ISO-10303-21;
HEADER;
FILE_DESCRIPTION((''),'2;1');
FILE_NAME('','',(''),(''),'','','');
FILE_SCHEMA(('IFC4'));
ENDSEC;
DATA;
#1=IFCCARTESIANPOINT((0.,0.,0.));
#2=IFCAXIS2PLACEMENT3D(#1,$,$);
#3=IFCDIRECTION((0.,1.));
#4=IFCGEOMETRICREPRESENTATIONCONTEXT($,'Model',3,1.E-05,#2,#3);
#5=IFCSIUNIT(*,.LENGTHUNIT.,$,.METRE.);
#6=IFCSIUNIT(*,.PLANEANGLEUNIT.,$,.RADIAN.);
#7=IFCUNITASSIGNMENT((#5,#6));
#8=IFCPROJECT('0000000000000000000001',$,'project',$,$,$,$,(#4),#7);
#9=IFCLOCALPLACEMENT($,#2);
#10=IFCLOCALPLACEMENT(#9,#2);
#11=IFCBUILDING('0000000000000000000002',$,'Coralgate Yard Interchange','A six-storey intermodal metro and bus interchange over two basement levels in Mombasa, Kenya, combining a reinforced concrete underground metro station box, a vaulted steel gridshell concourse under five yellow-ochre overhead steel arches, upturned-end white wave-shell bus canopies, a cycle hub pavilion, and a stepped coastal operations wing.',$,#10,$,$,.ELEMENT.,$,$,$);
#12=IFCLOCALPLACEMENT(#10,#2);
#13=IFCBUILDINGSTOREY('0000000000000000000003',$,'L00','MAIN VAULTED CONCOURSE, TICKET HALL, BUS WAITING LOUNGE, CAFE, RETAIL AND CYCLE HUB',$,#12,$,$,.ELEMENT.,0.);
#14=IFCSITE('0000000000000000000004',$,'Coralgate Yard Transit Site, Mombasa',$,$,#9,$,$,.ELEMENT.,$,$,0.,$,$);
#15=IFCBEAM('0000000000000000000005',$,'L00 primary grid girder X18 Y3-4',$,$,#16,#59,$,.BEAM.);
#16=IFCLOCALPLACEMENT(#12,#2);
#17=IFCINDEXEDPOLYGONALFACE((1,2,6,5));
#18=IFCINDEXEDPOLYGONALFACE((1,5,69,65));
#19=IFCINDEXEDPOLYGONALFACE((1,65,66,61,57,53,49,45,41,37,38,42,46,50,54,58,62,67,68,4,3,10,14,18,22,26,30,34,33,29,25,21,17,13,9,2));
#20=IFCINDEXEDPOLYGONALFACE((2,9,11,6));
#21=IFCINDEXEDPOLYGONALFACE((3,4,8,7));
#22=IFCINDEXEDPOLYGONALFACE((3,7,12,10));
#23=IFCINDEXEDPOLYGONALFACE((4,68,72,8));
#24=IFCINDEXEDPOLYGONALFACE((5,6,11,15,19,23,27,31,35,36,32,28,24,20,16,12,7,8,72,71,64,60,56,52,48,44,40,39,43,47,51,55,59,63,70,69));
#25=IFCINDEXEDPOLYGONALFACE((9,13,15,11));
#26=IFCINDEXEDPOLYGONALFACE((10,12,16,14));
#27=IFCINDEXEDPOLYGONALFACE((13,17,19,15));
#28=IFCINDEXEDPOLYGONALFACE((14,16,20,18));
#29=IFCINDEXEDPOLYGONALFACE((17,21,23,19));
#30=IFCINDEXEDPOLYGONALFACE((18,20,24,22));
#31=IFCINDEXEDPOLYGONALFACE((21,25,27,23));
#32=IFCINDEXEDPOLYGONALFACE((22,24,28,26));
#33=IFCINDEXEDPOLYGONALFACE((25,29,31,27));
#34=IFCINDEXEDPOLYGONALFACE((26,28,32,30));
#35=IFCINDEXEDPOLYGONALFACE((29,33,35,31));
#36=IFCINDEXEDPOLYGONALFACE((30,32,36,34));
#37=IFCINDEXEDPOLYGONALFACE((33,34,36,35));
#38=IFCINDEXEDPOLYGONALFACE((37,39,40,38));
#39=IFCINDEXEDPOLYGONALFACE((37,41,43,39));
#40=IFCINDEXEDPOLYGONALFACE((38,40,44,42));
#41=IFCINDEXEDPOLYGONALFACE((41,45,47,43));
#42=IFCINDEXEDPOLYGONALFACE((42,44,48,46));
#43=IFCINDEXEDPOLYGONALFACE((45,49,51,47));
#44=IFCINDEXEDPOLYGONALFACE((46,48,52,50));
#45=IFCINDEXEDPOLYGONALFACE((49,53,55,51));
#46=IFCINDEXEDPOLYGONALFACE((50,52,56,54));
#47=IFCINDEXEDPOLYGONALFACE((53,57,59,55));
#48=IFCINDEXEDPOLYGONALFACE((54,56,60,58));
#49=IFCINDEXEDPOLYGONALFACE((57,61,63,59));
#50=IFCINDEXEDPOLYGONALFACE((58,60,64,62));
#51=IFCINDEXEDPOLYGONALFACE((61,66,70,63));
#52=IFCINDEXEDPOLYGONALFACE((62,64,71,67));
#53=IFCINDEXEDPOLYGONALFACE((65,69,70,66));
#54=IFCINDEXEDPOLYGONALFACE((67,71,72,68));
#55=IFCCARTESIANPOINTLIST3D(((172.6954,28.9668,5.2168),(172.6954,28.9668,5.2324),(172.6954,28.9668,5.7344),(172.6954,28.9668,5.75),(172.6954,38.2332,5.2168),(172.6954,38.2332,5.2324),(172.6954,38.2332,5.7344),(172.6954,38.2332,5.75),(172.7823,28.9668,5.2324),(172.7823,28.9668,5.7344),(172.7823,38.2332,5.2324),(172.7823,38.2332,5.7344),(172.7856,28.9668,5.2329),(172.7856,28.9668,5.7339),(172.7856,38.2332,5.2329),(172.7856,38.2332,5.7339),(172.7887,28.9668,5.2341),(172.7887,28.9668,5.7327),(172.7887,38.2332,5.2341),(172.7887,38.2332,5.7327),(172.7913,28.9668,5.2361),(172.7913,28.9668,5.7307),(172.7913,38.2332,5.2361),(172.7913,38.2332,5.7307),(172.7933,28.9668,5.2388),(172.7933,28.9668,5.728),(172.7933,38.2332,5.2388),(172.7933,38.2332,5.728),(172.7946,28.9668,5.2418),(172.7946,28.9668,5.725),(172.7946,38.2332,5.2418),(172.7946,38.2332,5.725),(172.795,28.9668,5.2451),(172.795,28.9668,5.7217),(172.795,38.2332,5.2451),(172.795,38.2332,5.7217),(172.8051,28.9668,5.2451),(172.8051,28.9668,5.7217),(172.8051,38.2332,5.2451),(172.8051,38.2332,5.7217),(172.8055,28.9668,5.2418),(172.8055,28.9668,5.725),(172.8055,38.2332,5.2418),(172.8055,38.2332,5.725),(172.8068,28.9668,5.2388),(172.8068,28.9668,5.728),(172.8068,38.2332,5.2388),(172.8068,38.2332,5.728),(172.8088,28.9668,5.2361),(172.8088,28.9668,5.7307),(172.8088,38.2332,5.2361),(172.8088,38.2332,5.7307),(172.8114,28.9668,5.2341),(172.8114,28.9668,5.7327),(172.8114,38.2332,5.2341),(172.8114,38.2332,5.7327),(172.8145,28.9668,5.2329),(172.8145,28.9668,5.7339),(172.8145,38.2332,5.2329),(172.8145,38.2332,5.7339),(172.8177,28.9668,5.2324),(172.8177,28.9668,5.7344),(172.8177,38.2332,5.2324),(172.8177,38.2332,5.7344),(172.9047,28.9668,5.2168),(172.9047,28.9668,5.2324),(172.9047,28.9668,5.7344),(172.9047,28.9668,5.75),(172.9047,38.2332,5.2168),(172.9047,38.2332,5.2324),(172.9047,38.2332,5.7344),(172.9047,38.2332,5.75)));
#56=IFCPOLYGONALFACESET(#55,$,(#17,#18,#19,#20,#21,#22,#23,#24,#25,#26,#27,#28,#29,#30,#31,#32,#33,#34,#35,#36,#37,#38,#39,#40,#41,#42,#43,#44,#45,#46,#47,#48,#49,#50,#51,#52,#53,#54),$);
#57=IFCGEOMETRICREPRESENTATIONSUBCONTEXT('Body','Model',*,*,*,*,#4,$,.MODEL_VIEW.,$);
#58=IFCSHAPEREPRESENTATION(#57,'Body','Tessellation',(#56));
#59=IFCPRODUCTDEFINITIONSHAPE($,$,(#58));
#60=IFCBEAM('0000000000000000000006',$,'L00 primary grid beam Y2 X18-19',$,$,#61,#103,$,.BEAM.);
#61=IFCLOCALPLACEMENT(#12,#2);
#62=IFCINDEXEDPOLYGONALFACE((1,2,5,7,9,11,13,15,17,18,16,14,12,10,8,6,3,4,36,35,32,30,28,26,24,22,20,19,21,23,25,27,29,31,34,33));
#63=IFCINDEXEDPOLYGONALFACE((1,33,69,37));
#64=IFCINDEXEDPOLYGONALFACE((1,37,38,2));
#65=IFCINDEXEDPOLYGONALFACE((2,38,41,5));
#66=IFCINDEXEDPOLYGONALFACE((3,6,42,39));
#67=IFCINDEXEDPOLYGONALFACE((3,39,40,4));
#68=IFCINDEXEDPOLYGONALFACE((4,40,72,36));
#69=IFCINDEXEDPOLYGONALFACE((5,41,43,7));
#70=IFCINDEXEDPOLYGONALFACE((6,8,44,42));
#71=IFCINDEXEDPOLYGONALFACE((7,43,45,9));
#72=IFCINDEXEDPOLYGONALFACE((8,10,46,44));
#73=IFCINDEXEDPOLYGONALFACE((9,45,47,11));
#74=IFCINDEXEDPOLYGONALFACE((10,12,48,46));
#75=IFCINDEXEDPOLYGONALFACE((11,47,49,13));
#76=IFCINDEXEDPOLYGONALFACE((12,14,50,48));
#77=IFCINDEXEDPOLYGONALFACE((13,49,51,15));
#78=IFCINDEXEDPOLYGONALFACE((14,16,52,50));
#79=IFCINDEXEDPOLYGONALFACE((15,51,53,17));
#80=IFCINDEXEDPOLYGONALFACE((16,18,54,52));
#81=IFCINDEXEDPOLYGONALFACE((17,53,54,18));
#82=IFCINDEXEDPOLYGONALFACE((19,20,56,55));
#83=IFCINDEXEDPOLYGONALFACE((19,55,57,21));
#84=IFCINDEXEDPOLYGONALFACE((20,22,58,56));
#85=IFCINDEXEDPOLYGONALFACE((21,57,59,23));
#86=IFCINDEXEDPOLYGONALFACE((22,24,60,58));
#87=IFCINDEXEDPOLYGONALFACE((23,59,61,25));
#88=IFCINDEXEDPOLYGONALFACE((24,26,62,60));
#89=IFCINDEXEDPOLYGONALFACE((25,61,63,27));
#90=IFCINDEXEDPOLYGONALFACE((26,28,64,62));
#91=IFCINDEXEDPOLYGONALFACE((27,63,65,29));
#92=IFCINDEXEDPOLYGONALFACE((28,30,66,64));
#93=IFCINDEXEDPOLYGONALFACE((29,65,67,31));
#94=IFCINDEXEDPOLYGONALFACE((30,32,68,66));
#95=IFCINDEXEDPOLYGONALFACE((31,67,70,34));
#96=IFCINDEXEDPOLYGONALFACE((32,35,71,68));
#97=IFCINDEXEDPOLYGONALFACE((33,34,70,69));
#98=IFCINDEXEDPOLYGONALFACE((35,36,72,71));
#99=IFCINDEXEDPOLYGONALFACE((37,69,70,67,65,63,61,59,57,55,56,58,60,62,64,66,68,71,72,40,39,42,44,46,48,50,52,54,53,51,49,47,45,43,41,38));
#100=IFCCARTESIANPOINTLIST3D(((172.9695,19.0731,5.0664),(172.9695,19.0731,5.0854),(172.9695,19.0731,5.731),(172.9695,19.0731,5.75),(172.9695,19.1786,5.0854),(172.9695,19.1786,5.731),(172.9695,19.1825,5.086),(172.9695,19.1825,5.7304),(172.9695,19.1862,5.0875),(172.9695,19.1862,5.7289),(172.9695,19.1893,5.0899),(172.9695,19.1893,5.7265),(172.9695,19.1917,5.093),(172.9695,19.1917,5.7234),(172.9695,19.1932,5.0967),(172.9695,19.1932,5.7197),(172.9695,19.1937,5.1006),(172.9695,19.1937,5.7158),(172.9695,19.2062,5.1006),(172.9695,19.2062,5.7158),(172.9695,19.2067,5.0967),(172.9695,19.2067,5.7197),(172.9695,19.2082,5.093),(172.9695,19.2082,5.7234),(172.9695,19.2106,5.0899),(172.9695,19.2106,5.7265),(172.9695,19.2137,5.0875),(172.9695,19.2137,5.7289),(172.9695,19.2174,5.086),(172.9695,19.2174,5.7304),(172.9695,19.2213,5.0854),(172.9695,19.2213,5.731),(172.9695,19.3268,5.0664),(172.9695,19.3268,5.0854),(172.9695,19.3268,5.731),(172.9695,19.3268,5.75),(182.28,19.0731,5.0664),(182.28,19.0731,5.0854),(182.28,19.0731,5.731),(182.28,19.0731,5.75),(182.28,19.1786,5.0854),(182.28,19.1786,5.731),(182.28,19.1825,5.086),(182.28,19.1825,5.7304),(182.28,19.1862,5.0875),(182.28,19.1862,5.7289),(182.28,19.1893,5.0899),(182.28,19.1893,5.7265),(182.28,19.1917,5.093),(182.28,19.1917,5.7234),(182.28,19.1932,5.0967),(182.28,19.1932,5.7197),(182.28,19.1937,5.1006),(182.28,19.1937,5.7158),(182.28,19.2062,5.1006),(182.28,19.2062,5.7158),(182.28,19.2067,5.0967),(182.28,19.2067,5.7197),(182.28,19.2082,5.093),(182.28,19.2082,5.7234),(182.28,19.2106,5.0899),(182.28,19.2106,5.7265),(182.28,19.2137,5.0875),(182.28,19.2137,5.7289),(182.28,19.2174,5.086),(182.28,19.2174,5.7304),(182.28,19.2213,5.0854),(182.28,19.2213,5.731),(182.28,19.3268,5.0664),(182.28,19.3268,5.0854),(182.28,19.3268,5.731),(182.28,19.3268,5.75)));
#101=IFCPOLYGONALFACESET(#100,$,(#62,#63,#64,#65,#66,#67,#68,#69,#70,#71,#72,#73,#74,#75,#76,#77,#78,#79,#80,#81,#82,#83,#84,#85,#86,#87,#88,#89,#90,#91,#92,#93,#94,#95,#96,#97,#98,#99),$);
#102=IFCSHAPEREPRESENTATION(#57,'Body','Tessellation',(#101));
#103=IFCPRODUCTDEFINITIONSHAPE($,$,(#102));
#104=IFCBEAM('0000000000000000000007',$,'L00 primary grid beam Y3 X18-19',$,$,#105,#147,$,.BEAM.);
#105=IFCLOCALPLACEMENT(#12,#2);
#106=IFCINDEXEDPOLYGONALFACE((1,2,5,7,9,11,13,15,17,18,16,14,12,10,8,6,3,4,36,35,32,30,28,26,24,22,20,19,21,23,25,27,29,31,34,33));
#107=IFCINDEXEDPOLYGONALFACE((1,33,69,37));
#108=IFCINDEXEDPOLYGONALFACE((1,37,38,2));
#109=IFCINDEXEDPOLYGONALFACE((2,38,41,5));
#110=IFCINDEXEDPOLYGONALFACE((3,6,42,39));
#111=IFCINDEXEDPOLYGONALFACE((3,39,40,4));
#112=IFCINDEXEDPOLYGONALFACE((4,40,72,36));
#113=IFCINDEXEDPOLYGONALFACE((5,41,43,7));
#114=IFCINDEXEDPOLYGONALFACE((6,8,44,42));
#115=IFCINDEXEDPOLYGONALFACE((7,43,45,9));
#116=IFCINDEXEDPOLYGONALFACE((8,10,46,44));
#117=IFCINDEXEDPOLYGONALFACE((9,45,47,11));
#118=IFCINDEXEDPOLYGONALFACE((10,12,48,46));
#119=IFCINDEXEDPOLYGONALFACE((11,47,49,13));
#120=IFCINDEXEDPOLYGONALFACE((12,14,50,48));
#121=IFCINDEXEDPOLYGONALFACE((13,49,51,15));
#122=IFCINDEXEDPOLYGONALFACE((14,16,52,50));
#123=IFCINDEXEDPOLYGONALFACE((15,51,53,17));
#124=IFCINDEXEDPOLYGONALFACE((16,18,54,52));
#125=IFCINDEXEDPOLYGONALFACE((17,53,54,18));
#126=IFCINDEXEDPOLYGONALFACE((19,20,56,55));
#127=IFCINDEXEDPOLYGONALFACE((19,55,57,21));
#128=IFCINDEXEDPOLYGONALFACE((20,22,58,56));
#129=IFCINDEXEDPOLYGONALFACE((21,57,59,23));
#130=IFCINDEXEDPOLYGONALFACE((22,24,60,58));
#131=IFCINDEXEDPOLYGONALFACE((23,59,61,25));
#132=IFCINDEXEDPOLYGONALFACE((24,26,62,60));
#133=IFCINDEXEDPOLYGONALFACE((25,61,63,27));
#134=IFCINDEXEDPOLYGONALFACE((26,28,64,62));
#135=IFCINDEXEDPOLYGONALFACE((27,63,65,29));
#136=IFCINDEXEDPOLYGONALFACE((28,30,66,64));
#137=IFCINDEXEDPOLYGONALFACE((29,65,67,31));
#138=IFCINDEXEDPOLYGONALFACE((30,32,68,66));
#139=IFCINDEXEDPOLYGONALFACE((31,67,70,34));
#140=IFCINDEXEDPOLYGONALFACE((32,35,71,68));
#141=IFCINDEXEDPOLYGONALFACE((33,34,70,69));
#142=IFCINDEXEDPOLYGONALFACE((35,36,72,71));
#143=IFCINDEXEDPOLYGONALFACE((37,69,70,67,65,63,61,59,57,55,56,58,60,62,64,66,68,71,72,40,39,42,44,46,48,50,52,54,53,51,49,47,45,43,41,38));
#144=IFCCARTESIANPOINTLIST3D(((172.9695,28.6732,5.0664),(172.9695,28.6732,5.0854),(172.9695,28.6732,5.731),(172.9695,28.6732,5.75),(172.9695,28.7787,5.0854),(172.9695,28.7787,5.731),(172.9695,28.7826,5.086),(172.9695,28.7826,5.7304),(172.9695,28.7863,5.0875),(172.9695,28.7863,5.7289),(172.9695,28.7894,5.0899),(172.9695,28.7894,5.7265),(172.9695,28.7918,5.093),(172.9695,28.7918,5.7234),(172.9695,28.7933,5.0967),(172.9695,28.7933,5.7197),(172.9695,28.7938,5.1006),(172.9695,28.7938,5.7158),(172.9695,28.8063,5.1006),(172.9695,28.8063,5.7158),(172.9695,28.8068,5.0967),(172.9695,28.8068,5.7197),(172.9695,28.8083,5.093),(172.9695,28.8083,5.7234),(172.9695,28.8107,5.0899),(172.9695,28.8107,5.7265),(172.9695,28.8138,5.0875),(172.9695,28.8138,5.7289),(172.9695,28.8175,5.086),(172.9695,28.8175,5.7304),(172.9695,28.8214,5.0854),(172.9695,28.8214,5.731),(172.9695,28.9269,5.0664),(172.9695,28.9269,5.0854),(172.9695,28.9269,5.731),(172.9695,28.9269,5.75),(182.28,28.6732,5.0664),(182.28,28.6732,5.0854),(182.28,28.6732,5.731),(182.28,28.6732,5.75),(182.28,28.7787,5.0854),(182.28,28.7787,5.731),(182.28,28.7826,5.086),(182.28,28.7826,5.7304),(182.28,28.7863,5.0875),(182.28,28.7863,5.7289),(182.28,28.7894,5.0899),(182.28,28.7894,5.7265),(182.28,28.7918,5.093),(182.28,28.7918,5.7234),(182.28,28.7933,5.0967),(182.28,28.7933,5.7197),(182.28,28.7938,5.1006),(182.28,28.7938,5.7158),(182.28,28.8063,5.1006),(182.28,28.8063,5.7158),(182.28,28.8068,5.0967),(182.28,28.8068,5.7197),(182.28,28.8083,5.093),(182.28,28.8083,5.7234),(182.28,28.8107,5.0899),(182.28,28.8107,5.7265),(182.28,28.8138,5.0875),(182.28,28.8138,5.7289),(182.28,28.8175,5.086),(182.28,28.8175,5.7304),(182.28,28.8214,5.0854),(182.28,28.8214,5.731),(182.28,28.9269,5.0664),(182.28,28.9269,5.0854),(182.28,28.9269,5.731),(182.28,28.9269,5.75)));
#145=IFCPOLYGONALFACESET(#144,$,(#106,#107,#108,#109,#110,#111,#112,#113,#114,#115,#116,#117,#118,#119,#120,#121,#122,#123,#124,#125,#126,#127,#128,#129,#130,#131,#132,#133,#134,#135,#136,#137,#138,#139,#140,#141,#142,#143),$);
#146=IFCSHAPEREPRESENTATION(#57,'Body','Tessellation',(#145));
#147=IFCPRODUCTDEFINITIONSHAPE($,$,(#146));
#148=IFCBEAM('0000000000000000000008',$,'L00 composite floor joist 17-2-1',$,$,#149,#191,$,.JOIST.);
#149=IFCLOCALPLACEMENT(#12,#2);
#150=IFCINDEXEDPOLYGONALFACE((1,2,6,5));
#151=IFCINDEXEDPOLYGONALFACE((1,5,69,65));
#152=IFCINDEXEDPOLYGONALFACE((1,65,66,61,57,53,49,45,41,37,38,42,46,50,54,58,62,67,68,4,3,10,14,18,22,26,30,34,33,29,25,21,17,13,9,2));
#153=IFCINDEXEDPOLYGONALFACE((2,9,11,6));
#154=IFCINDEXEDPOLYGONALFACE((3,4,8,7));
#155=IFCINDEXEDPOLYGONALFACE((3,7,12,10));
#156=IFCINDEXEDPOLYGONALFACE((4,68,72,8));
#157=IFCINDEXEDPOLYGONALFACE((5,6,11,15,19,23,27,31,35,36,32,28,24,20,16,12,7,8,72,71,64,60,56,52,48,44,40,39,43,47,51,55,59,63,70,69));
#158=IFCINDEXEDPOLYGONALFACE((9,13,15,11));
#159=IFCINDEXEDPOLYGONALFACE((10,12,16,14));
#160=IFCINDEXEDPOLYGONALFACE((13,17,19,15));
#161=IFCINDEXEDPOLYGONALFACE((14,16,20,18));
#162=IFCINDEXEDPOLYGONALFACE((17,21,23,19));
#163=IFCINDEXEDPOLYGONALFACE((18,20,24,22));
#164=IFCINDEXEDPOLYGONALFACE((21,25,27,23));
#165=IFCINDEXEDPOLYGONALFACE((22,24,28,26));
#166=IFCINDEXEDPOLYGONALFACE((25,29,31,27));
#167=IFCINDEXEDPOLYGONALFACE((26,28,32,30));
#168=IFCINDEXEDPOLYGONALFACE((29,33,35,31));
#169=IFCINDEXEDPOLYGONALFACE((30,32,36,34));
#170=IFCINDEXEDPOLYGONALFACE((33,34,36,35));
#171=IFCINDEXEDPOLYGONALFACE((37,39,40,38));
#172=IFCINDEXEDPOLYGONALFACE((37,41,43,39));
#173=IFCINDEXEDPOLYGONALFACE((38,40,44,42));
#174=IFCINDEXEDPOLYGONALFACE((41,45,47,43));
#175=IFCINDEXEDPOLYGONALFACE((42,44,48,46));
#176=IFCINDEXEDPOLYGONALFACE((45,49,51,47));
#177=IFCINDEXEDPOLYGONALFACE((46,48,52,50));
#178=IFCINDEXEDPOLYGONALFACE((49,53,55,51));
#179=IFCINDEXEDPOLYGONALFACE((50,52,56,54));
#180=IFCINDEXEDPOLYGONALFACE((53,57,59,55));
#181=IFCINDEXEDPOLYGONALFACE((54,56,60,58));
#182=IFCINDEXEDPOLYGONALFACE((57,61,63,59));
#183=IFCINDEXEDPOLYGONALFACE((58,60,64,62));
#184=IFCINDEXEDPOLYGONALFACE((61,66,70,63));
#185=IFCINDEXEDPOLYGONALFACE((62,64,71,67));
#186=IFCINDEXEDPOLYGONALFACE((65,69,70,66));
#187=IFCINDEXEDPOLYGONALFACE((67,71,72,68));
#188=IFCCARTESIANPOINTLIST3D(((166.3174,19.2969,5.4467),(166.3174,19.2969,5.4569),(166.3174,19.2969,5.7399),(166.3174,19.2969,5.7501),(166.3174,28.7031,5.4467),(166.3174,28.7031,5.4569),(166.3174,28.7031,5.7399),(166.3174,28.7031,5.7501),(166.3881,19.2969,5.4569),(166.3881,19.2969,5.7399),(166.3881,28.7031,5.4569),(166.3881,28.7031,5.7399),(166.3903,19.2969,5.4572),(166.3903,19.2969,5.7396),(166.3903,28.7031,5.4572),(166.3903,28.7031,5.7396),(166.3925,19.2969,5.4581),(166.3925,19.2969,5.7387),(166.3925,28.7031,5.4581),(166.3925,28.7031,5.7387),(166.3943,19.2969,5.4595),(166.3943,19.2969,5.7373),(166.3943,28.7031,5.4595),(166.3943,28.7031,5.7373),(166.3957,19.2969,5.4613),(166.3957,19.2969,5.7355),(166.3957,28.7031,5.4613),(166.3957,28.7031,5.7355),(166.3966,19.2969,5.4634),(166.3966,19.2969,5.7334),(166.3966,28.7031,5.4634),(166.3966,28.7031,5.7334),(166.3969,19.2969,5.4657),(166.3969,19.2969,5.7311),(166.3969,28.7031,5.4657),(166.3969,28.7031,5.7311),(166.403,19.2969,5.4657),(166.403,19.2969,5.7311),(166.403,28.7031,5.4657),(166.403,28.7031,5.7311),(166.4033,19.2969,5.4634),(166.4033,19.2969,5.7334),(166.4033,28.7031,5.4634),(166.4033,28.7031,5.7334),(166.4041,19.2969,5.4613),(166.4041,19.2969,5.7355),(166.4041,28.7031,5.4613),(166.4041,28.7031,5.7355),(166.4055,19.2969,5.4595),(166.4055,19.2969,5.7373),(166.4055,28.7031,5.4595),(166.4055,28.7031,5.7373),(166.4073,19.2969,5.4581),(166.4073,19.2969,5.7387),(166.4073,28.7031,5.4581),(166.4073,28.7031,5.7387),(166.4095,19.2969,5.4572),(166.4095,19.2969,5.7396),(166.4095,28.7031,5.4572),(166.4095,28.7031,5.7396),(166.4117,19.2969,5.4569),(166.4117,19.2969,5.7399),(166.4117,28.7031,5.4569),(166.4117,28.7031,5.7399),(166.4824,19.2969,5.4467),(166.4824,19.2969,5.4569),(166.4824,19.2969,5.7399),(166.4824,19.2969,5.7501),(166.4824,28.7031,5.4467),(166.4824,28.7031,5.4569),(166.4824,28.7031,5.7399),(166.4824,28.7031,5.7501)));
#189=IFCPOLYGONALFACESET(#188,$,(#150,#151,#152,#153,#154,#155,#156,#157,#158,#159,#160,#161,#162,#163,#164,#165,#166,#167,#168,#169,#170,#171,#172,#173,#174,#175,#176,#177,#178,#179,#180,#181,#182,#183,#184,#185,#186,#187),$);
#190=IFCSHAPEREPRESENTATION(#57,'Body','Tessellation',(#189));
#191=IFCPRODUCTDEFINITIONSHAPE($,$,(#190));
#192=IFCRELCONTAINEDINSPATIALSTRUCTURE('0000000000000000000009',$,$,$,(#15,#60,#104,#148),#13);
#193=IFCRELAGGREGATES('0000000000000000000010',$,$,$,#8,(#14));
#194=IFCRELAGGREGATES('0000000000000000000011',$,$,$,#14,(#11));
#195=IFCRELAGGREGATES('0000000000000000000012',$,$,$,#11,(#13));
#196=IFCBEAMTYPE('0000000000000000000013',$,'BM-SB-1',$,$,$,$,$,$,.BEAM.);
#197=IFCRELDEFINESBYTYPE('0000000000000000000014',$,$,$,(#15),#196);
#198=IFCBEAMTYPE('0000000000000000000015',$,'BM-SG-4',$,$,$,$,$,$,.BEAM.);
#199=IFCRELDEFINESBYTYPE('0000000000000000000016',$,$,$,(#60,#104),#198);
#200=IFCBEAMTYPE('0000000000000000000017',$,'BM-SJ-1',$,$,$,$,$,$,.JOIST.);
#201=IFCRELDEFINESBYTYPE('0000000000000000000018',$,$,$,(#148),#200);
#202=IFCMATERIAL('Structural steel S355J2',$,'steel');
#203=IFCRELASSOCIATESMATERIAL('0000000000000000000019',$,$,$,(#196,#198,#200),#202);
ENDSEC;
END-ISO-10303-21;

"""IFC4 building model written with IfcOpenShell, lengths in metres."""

from ifc_helpers import new_model, si_unit, direction, frame, origin, origin_2d, place, context, subcontext, project, spatial, i_section, extrude, material, material_profile, profile_set, type_object, element, save


model = new_model("IFC4")

# Units and contexts
model_context = context("Model", 3, precision=1e-05, world=origin(), true_north=direction((0.0, 1.0)))
body_context = subcontext(model_context, "Body", "Model", "MODEL_VIEW")
ifc_project = project(units=[si_unit("LENGTHUNIT", "METRE"), si_unit("PLANEANGLEUNIT", "RADIAN")], contexts=[model_context])

# Site, building, storey
site_placement = place(None, origin())
site = spatial("IfcSite", under=ifc_project, at=site_placement, Name="Coralgate Yard Transit Site, Mombasa", CompositionType="ELEMENT", RefElevation=0.0)
building_placement = place(site_placement, origin())
building = spatial("IfcBuilding", under=site, at=building_placement, Name="Coralgate Yard Interchange", Description="A six-storey intermodal metro and bus interchange over two basement levels in Mombasa, Kenya, combining a reinforced concrete underground metro station box, a vaulted steel gridshell concourse under five yellow-ochre overhead steel arches, upturned-end white wave-shell bus canopies, a cycle hub pavilion, and a stepped coastal operations wing.", CompositionType="ELEMENT")
storey_placement = place(building_placement, origin())
storey = spatial("IfcBuildingStorey", under=building, at=storey_placement, Name="L00", Description="MAIN VAULTED CONCOURSE, TICKET HALL, BUS WAITING LOUNGE, CAFE, RETAIL AND CYCLE HUB", CompositionType="ELEMENT", Elevation=0.0)

# Shared definitions
ifc_material_1 = material(Name="Structural steel S355J2", Category="steel")

# Beams
ifc_material_profile_1 = material_profile(ifc_material_1, i_section(OverallWidth=0.2092, OverallDepth=0.5332, WebThickness=0.01, FlangeThickness=0.0156, FilletRadius=0.0127, at=origin_2d()), Name="UB 533x210x92")
ifc_profile_set_1 = profile_set([ifc_material_profile_1], Name="Structural steel S355J2")
beam_type_1 = type_object("IfcBeamType", Name="BM-SB-1", PredefinedType="BEAM", material=ifc_profile_set_1)
beam_1_placement = place(storey_placement, frame((172.8, 28.9668, 5.4834), z_axis=(0.0, 1.0, 0.0), x_axis=(-1.0, 0.0, 0.0)))
element("IfcBeam", 1, at=beam_1_placement, inside=storey, type_object=beam_type_1, Name="L00 primary grid girder X18 Y3-4", PredefinedType="BEAM", context=body_context, shape_type="SweptSolid", body=[
    extrude(i_section(OverallWidth=0.2092, OverallDepth=0.5332, WebThickness=0.01, FlangeThickness=0.0156, FilletRadius=0.0127, at=origin_2d()), origin(), (0.0, 0.0, 1.0), 9.2664),
])
ifc_material_profile_2 = material_profile(ifc_material_1, i_section(OverallWidth=0.2537, OverallDepth=0.6836, WebThickness=0.0125, FlangeThickness=0.019, FilletRadius=0.0151, at=origin_2d()), Name="UB 686x254x140")
ifc_profile_set_2 = profile_set([ifc_material_profile_2], Name="Structural steel S355J2")
beam_type_2 = type_object("IfcBeamType", Name="BM-SG-4", PredefinedType="BEAM", material=ifc_profile_set_2)
for number, where, z_axis, x_axis, name in (
    (2, (172.9695, 19.2, 5.4082), (1.0, 0.0, 0.0), (0.0, 1.0, 0.0), "L00 primary grid beam Y2 X18-19"),
    (3, (172.9695, 28.8, 5.4082), (1.0, 0.0, 0.0), (0.0, 1.0, 0.0), "L00 primary grid beam Y3 X18-19"),
):
    element("IfcBeam", number, at=place(storey_placement, frame(where, z_axis=z_axis, x_axis=x_axis)), inside=storey, type_object=beam_type_2, Name=name, PredefinedType="BEAM", context=body_context, shape_type="SweptSolid", body=[
        extrude(i_section(OverallWidth=0.2537, OverallDepth=0.6836, WebThickness=0.0125, FlangeThickness=0.019, FilletRadius=0.0151, at=origin_2d()), origin(), (0.0, 0.0, 1.0), 9.3105),
    ])
ifc_material_profile_3 = material_profile(ifc_material_1, i_section(OverallWidth=0.165, OverallDepth=0.3035, WebThickness=0.0061, FlangeThickness=0.0103, FilletRadius=0.0088, at=origin_2d()), Name="UB 305x165x40")
ifc_profile_set_3 = profile_set([ifc_material_profile_3], Name="Structural steel S355J2")
beam_type_3 = type_object("IfcBeamType", Name="BM-SJ-1", PredefinedType="JOIST", material=ifc_profile_set_3)
for number, where, z_axis, x_axis, name in (
    (4, (166.3999, 19.2969, 5.5984), (0.0, 1.0, 0.0), (-1.0, 0.0, 0.0), "L00 composite floor joist 17-2-1"),
):
    element("IfcBeam", number, at=place(storey_placement, frame(where, z_axis=z_axis, x_axis=x_axis)), inside=storey, type_object=beam_type_3, Name=name, PredefinedType="JOIST", context=body_context, shape_type="SweptSolid", body=[
        extrude(i_section(OverallWidth=0.165, OverallDepth=0.3035, WebThickness=0.0061, FlangeThickness=0.0103, FilletRadius=0.0088, at=origin_2d()), origin(), (0.0, 0.0, 1.0), 9.4062),
    ])

save(model, "model.ifc")
